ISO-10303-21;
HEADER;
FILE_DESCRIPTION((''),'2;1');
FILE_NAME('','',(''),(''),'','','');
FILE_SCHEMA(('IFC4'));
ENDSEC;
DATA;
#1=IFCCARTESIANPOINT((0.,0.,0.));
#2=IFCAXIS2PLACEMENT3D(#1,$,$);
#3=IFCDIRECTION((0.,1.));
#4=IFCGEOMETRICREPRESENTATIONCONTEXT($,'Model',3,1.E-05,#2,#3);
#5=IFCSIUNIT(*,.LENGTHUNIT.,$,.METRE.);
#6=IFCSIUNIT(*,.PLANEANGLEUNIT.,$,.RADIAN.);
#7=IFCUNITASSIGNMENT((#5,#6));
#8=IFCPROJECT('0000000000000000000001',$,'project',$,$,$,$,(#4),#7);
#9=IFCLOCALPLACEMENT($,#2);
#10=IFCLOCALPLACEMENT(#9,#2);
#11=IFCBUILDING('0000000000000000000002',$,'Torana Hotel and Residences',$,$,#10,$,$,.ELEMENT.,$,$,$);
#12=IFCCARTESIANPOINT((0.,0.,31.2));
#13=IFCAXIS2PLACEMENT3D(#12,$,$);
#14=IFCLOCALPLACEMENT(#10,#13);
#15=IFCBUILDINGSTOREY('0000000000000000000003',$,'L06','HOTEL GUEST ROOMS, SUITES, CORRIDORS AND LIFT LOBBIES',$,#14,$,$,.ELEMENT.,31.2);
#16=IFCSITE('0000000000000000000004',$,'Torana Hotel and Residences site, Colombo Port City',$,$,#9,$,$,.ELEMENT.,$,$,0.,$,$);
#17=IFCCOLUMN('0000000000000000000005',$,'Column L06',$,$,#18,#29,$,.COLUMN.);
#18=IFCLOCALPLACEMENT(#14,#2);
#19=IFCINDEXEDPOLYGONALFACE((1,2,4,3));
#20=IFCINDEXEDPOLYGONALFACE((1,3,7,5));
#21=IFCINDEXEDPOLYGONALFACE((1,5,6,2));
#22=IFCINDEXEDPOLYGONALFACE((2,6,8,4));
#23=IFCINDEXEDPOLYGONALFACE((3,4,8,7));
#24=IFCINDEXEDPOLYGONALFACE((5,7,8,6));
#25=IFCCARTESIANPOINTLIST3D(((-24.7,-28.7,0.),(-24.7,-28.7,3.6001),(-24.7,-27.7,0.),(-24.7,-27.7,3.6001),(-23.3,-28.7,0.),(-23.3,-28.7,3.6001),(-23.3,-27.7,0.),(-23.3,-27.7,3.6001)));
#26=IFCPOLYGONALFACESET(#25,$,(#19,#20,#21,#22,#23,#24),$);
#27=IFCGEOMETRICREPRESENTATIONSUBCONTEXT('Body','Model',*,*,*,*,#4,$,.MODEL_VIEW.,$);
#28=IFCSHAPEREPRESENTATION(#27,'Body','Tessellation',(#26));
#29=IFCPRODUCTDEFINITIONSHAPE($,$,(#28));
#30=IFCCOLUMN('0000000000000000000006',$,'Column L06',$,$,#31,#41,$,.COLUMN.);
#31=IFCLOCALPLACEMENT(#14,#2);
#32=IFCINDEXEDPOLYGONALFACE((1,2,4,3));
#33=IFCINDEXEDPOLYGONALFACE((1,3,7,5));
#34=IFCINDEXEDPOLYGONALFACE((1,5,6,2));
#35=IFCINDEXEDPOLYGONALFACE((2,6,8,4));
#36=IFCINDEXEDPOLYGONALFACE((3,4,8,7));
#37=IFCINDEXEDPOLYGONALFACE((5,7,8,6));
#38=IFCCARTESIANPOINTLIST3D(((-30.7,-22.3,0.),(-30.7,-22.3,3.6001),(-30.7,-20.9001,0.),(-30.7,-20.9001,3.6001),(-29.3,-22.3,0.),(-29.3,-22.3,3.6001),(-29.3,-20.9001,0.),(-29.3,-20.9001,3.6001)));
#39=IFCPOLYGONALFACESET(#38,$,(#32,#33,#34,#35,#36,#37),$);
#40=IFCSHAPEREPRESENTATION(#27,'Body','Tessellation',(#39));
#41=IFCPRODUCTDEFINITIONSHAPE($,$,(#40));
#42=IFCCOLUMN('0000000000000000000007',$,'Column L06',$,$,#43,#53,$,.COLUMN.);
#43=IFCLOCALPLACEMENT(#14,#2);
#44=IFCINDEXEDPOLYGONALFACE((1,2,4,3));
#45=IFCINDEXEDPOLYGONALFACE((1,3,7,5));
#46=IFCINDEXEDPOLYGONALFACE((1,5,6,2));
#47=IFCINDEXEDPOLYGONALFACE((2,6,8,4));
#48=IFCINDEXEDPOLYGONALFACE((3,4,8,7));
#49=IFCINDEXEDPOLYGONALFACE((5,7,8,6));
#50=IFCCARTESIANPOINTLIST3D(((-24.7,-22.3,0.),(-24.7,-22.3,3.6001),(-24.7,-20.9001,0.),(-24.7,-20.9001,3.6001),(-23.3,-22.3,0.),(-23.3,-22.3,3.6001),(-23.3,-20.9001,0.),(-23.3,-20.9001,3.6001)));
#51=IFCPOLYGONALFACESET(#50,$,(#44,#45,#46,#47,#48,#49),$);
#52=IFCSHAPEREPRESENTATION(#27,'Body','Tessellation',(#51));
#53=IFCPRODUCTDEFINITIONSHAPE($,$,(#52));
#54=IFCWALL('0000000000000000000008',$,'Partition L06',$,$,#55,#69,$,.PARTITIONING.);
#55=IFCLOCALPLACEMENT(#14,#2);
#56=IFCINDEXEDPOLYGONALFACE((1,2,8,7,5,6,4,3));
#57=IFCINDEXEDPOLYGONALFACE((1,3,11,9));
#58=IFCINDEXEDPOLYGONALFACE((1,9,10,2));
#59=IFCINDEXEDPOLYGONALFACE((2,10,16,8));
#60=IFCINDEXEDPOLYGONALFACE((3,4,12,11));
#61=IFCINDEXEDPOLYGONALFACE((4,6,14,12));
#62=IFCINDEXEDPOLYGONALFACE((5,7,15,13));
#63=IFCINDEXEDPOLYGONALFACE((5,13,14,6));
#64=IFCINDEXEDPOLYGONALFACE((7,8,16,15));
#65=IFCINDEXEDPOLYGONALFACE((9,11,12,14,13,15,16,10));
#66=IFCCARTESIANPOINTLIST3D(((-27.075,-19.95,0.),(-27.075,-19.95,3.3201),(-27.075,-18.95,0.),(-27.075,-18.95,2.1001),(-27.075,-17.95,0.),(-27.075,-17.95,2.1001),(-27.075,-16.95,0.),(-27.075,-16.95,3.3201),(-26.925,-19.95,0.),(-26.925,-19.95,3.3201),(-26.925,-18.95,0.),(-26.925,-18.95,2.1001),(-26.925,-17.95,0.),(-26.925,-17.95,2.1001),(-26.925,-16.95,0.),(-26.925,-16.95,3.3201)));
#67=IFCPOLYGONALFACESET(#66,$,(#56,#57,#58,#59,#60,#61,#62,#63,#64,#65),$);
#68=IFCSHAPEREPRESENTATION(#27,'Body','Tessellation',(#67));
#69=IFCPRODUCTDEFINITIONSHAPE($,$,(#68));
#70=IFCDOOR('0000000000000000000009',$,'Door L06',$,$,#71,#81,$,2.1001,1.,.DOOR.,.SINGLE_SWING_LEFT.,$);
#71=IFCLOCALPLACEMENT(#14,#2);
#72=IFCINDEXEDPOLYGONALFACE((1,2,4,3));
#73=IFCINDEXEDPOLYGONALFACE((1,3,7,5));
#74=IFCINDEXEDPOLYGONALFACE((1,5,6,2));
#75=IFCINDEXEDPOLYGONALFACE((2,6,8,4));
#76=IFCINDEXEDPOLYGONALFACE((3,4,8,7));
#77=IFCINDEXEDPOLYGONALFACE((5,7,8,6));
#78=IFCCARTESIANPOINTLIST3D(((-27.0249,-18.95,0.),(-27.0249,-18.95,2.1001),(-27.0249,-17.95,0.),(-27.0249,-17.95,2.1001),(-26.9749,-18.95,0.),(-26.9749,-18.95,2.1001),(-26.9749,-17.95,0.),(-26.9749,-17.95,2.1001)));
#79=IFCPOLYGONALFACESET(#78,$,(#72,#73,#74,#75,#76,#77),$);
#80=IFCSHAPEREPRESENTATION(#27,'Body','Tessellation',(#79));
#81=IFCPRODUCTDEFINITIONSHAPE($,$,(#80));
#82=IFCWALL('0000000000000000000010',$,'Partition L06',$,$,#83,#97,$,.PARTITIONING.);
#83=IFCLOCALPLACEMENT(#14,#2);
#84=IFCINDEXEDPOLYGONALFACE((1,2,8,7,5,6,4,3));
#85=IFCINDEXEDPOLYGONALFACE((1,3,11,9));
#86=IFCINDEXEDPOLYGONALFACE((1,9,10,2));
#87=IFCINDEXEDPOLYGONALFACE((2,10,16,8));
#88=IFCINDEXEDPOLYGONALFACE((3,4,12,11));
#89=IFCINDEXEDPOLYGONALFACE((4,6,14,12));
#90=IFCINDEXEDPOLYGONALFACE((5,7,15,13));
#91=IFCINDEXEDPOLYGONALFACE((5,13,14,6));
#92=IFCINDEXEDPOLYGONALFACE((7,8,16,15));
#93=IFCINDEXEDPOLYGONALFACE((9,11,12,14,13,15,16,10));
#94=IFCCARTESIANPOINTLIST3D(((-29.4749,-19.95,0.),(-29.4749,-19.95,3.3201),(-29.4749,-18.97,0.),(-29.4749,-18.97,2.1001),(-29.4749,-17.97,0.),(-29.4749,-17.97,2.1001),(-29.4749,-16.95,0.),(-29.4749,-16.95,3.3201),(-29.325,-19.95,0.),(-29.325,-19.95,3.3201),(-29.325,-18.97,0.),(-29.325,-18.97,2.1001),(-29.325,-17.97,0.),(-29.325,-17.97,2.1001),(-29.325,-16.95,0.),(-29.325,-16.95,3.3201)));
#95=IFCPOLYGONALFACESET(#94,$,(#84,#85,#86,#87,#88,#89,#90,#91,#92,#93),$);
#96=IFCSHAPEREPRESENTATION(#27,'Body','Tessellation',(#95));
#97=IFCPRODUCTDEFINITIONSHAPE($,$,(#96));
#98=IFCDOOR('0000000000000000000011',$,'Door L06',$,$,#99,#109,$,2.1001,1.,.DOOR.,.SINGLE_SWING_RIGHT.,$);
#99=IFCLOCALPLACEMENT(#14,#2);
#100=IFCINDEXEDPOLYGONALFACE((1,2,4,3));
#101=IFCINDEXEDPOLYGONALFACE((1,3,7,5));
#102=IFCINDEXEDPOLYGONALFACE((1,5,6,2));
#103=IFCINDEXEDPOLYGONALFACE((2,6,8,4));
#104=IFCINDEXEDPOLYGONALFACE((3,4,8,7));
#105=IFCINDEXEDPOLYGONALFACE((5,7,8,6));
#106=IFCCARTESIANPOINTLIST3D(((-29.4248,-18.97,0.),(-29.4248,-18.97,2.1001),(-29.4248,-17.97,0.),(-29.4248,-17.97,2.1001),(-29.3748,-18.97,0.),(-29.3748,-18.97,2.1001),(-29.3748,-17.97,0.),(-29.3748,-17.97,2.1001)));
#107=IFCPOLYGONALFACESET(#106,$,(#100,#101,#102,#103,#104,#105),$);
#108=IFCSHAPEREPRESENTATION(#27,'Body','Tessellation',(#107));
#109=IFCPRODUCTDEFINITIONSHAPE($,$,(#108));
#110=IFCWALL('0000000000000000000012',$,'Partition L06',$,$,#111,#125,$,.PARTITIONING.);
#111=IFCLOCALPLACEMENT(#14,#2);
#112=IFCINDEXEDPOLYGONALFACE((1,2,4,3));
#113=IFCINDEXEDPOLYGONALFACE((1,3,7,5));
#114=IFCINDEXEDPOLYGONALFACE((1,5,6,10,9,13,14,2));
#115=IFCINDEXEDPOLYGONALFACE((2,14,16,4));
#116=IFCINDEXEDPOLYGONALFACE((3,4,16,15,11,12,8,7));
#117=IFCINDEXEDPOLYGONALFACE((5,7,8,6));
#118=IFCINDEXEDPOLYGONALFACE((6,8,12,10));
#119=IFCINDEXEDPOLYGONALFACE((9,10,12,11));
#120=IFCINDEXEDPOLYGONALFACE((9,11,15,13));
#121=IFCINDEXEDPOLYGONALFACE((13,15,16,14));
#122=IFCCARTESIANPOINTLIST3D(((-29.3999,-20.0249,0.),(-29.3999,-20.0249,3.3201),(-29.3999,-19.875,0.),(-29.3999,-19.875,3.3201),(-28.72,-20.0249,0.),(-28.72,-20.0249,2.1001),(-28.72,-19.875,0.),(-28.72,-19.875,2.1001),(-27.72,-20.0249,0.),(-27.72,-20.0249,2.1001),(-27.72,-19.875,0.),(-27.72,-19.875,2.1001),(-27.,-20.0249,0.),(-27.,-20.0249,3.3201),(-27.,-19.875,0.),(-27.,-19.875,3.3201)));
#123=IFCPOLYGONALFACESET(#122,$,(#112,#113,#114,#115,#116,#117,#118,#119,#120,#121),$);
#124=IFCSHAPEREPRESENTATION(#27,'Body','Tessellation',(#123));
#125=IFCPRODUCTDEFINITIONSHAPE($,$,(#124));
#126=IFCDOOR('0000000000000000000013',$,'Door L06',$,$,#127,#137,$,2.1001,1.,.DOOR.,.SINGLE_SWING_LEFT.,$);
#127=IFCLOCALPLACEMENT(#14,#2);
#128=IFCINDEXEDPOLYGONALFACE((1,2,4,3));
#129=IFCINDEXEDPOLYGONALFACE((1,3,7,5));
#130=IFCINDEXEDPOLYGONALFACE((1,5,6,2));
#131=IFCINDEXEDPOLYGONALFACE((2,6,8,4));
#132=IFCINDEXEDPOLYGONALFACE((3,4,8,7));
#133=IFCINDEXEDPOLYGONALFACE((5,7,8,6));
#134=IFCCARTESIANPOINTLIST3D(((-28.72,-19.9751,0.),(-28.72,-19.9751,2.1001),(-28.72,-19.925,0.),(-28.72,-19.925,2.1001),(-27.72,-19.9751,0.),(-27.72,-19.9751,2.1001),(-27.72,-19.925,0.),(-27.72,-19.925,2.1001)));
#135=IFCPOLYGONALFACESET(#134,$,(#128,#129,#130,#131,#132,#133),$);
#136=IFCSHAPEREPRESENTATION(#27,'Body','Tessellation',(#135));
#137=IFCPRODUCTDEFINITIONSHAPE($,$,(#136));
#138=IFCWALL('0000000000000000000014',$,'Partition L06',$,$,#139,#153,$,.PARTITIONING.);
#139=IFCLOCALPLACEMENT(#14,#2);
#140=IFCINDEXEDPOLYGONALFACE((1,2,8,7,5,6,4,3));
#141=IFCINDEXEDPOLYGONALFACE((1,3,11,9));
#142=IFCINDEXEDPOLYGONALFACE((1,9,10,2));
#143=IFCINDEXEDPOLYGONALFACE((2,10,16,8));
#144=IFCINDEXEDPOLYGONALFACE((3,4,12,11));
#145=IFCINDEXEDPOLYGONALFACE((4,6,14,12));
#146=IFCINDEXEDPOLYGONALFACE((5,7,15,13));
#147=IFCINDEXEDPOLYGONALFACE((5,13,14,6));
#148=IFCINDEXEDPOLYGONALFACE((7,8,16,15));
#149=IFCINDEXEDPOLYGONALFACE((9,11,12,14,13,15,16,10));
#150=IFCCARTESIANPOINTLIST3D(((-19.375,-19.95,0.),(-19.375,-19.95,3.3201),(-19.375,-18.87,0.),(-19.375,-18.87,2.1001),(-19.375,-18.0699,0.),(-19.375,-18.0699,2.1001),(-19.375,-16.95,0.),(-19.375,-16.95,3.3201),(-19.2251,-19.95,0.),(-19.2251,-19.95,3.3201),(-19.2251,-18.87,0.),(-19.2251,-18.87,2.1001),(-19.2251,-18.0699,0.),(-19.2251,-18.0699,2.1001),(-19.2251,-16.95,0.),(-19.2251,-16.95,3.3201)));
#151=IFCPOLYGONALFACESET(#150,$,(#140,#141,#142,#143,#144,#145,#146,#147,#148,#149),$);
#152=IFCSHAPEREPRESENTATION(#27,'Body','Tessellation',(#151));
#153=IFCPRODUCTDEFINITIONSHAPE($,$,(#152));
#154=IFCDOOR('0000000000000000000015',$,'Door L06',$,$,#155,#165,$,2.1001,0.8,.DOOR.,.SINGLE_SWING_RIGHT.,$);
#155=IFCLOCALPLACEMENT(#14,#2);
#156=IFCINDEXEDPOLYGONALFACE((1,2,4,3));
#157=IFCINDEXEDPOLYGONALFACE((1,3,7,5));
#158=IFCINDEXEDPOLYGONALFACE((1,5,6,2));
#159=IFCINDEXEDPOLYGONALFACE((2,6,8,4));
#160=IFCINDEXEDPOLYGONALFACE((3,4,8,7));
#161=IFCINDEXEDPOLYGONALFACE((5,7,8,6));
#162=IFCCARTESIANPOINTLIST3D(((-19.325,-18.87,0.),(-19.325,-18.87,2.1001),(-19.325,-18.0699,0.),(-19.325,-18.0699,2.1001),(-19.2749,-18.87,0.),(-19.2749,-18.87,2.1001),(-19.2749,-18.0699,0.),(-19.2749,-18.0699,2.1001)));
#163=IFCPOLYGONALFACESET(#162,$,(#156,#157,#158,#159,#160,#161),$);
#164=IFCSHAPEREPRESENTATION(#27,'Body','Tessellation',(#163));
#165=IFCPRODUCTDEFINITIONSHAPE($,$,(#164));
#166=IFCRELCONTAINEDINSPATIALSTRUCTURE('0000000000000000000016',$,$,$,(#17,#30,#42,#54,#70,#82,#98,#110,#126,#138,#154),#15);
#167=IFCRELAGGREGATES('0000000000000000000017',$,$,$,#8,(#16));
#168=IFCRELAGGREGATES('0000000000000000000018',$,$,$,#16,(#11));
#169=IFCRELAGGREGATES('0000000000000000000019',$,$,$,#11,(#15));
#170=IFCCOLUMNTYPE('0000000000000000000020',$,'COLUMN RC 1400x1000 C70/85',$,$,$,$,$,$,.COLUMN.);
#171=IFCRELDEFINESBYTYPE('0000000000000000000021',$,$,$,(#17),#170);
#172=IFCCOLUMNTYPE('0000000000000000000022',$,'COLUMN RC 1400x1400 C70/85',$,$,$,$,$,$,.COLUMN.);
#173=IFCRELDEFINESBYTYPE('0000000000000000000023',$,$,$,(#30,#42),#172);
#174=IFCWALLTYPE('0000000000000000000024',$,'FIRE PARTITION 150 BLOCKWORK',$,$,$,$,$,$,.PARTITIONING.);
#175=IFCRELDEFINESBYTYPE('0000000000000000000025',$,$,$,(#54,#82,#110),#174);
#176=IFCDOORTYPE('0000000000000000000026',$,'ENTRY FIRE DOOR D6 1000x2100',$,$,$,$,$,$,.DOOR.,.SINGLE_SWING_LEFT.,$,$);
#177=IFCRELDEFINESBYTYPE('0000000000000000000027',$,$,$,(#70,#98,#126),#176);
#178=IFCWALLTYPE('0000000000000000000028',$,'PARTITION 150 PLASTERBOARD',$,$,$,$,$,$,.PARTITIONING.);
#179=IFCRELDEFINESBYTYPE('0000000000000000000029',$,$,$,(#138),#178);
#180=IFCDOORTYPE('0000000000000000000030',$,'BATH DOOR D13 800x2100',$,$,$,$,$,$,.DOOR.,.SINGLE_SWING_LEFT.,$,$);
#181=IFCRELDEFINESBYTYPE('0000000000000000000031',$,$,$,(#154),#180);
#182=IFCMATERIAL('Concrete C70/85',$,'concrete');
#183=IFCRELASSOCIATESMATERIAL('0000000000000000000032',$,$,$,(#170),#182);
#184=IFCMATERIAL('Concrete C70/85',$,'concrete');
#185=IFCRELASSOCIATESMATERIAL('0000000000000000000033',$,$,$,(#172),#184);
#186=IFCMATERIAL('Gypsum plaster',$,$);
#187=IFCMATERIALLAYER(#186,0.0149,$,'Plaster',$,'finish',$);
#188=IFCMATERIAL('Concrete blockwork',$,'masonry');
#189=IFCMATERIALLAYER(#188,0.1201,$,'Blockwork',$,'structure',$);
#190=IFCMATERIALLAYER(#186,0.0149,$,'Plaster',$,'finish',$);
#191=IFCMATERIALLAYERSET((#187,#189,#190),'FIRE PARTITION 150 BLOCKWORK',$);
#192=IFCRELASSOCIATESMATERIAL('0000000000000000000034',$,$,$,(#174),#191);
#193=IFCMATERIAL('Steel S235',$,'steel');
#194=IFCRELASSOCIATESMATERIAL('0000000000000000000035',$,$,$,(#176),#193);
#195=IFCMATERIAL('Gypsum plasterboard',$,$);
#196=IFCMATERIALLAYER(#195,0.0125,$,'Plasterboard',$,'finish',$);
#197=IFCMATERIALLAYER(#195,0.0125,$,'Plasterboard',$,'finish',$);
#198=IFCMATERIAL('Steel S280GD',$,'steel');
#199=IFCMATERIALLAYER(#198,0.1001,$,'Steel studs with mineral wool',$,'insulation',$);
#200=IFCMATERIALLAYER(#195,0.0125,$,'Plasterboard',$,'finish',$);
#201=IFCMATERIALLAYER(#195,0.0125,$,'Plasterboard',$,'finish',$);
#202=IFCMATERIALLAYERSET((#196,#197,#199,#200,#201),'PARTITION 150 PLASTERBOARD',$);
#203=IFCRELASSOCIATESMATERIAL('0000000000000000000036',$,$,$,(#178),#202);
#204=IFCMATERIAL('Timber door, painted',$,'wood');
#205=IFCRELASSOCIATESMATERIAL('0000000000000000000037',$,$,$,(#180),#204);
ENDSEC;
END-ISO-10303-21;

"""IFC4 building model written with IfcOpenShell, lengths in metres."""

from ifc_helpers import new_model, si_unit, direction, frame, frame_2d, origin, origin_2d, place, context, subcontext, project, spatial, rectangle, extrude, material, layer, layer_set, material_profile, profile_set, type_object, element, fill, save


model = new_model("IFC4")

# Units and contexts
model_context = context("Model", 3, precision=1e-05, world=origin(), true_north=direction((0.0, 1.0)))
body_context = subcontext(model_context, "Body", "Model", "MODEL_VIEW")
ifc_project = project(units=[si_unit("LENGTHUNIT", "METRE"), si_unit("PLANEANGLEUNIT", "RADIAN")], contexts=[model_context])

# Site, building, storey
site_placement = place(None, origin())
site = spatial("IfcSite", under=ifc_project, at=site_placement, Name="Torana Hotel and Residences site, Colombo Port City", CompositionType="ELEMENT", RefElevation=0.0)
building_placement = place(site_placement, origin())
building = spatial("IfcBuilding", under=site, at=building_placement, Name="Torana Hotel and Residences", CompositionType="ELEMENT")
storey_placement = place(building_placement, frame((0.0, 0.0, 31.2)))
storey = spatial("IfcBuildingStorey", under=building, at=storey_placement, Name="L06", Description="HOTEL GUEST ROOMS, SUITES, CORRIDORS AND LIFT LOBBIES", CompositionType="ELEMENT", Elevation=31.2)

# Columns
ifc_material_1 = material(Name="Concrete C70/85", Category="concrete")
ifc_material_profile_1 = material_profile(ifc_material_1, rectangle(XDim=1.3999, YDim=1.0, at=origin_2d()), Name="RC 1400x1000")
ifc_profile_set_1 = profile_set([ifc_material_profile_1], Name="Concrete C70/85")
column_type_1 = type_object("IfcColumnType", Name="COLUMN RC 1400x1000 C70/85", PredefinedType="COLUMN", material=ifc_profile_set_1)
column_placement = place(storey_placement, frame((-24.0, -28.2, 0.0), z_axis=(0.0, 0.0, 1.0), x_axis=(1.0, 0.0, 0.0)))
element("IfcColumn", 1, at=column_placement, inside=storey, type_object=column_type_1, Name="Column L06", PredefinedType="COLUMN", context=body_context, shape_type="SweptSolid", body=[
    extrude(rectangle(XDim=1.3999, YDim=1.0, at=origin_2d()), origin(), (0.0, 0.0, 1.0), 3.6001),
])
ifc_material_2 = material(Name="Concrete C70/85", Category="concrete")
ifc_material_profile_2 = material_profile(ifc_material_2, rectangle(XDim=1.3999, YDim=1.3999, at=origin_2d()), Name="RC 1400x1400")
ifc_profile_set_2 = profile_set([ifc_material_profile_2], Name="Concrete C70/85")
column_type_2 = type_object("IfcColumnType", Name="COLUMN RC 1400x1400 C70/85", PredefinedType="COLUMN", material=ifc_profile_set_2)
for number, where, z_axis, x_axis, name in (
    (2, (-30.0, -21.6001, 0.0), (0.0, 0.0, 1.0), (1.0, 0.0, 0.0), "Column L06"),
    (3, (-24.0, -21.6001, 0.0), (0.0, 0.0, 1.0), (1.0, 0.0, 0.0), "Column L06"),
):
    element("IfcColumn", number, at=place(storey_placement, frame(where, z_axis=z_axis, x_axis=x_axis)), inside=storey, type_object=column_type_2, Name=name, PredefinedType="COLUMN", context=body_context, shape_type="SweptSolid", body=[
        extrude(rectangle(XDim=1.3999, YDim=1.3999, at=origin_2d()), origin(), (0.0, 0.0, 1.0), 3.6001),
    ])

# Walls, openings, doors
ifc_material_3 = material(Name="Gypsum plaster")
ifc_layer_1 = layer(ifc_material_3, 0.0149, Name="Plaster", Category="finish")
ifc_material_4 = material(Name="Concrete blockwork", Category="masonry")
ifc_layer_2 = layer(ifc_material_4, 0.1201, Name="Blockwork", Category="structure")
ifc_layer_3 = layer(ifc_material_3, 0.0149, Name="Plaster", Category="finish")
ifc_layer_set_1 = layer_set([ifc_layer_1, ifc_layer_2, ifc_layer_3], Name="FIRE PARTITION 150 BLOCKWORK")
wall_type_1 = type_object("IfcWallType", Name="FIRE PARTITION 150 BLOCKWORK", PredefinedType="PARTITIONING", material=ifc_layer_set_1)
wall_1_placement = place(storey_placement, frame((-27.0, -19.95, 0.0), z_axis=(0.0, 0.0, 1.0), x_axis=(0.0, 1.0, 0.0)))
wall_1 = element("IfcWall", 4, at=wall_1_placement, inside=storey, type_object=wall_type_1, Name="Partition L06", PredefinedType="PARTITIONING", context=body_context, shape_type="SweptSolid", body=[
    extrude(rectangle(XDim=3.0, YDim=0.1499, at=frame_2d((1.5, 0.0))), origin(), (0.0, 0.0, 1.0), 3.3201),
])
opening_1_placement = place(wall_1_placement, frame((1.0, 0.0, 0.0)))
opening_1 = element("IfcOpeningElement", 5, at=opening_1_placement, cuts=wall_1, PredefinedType="OPENING", context=body_context, shape_type="SweptSolid", body=[
    extrude(rectangle(XDim=1.0, YDim=2.1001, at=frame_2d((0.5, 1.05))), frame((0.0, 0.085, 0.0), z_axis=(0.0, -1.0, 0.0), x_axis=(1.0, 0.0, 0.0)), (0.0, 0.0, 1.0), 0.1699),
])
ifc_material_5 = material(Name="Steel S235", Category="steel")
door_type_1 = type_object("IfcDoorType", Name="ENTRY FIRE DOOR D6 1000x2100", OperationType="SINGLE_SWING_LEFT", PredefinedType="DOOR", material=ifc_material_5)
door_1_placement = place(opening_1_placement, frame((0.5, 0.0, 0.0), z_axis=(0.0, 0.0, 1.0), x_axis=(-1.0, 0.0, 0.0)))
door_1 = element("IfcDoor", 6, at=door_1_placement, inside=storey, type_object=door_type_1, Name="Door L06", OperationType="SINGLE_SWING_LEFT", OverallHeight=2.1001, OverallWidth=1.0, PredefinedType="DOOR", context=body_context, shape_type="SweptSolid", body=[
    extrude(rectangle(XDim=1.0, YDim=2.1001, at=frame_2d((0.0, 1.05))), frame((0.0, -0.0249, 0.0), z_axis=(0.0, 1.0, 0.0), x_axis=(-1.0, 0.0, 0.0)), (0.0, 0.0, 1.0), 0.05),
])
fill(opening_1, door_1)
wall_2_placement = place(storey_placement, frame((-29.3999, -19.95, 0.0), z_axis=(0.0, 0.0, 1.0), x_axis=(0.0, 1.0, 0.0)))
wall_2 = element("IfcWall", 7, at=wall_2_placement, inside=storey, type_object=wall_type_1, Name="Partition L06", PredefinedType="PARTITIONING", context=body_context, shape_type="SweptSolid", body=[
    extrude(rectangle(XDim=3.0, YDim=0.1499, at=frame_2d((1.5, 0.0))), origin(), (0.0, 0.0, 1.0), 3.3201),
])
opening_2_placement = place(wall_2_placement, frame((0.98, 0.0, 0.0)))
opening_2 = element("IfcOpeningElement", 8, at=opening_2_placement, cuts=wall_2, PredefinedType="OPENING", context=body_context, shape_type="SweptSolid", body=[
    extrude(rectangle(XDim=1.0, YDim=2.1001, at=frame_2d((0.5, 1.05))), frame((0.0, 0.085, 0.0), z_axis=(0.0, -1.0, 0.0), x_axis=(1.0, 0.0, 0.0)), (0.0, 0.0, 1.0), 0.1699),
])
door_2_placement = place(opening_2_placement, origin())
door_2 = element("IfcDoor", 9, at=door_2_placement, inside=storey, type_object=door_type_1, Name="Door L06", OperationType="SINGLE_SWING_RIGHT", OverallHeight=2.1001, OverallWidth=1.0, PredefinedType="DOOR", context=body_context, shape_type="SweptSolid", body=[
    extrude(rectangle(XDim=1.0, YDim=2.1001, at=frame_2d((0.5, 1.05))), frame((0.0, 0.0249, 0.0), z_axis=(0.0, -1.0, 0.0), x_axis=(1.0, 0.0, 0.0)), (0.0, 0.0, 1.0), 0.05),
])
fill(opening_2, door_2)
wall_3_placement = place(storey_placement, frame((-29.3999, -19.95, 0.0), z_axis=(0.0, 0.0, 1.0), x_axis=(1.0, 0.0, 0.0)))
wall_3 = element("IfcWall", 10, at=wall_3_placement, inside=storey, type_object=wall_type_1, Name="Partition L06", PredefinedType="PARTITIONING", context=body_context, shape_type="SweptSolid", body=[
    extrude(rectangle(XDim=2.3999, YDim=0.1499, at=frame_2d((1.2, 0.0))), origin(), (0.0, 0.0, 1.0), 3.3201),
])
opening_3_placement = place(wall_3_placement, frame((0.6799, 0.0, 0.0)))
opening_3 = element("IfcOpeningElement", 11, at=opening_3_placement, cuts=wall_3, PredefinedType="OPENING", context=body_context, shape_type="SweptSolid", body=[
    extrude(rectangle(XDim=1.0, YDim=2.1001, at=frame_2d((0.5, 1.05))), frame((0.0, 0.085, 0.0), z_axis=(0.0, -1.0, 0.0), x_axis=(1.0, 0.0, 0.0)), (0.0, 0.0, 1.0), 0.1699),
])
door_3_placement = place(opening_3_placement, frame((0.5, 0.0, 0.0), z_axis=(0.0, 0.0, 1.0), x_axis=(-1.0, 0.0, 0.0)))
door_3 = element("IfcDoor", 12, at=door_3_placement, inside=storey, type_object=door_type_1, Name="Door L06", OperationType="SINGLE_SWING_LEFT", OverallHeight=2.1001, OverallWidth=1.0, PredefinedType="DOOR", context=body_context, shape_type="SweptSolid", body=[
    extrude(rectangle(XDim=1.0, YDim=2.1001, at=frame_2d((0.0, 1.05))), frame((0.0, -0.0249, 0.0), z_axis=(0.0, 1.0, 0.0), x_axis=(-1.0, 0.0, 0.0)), (0.0, 0.0, 1.0), 0.05),
])
fill(opening_3, door_3)
ifc_material_6 = material(Name="Gypsum plasterboard")
ifc_layer_4 = layer(ifc_material_6, 0.0125, Name="Plasterboard", Category="finish")
ifc_layer_5 = layer(ifc_material_6, 0.0125, Name="Plasterboard", Category="finish")
ifc_material_7 = material(Name="Steel S280GD", Category="steel")
ifc_layer_6 = layer(ifc_material_7, 0.1001, Name="Steel studs with mineral wool", Category="insulation")
ifc_layer_7 = layer(ifc_material_6, 0.0125, Name="Plasterboard", Category="finish")
ifc_layer_8 = layer(ifc_material_6, 0.0125, Name="Plasterboard", Category="finish")
ifc_layer_set_2 = layer_set([ifc_layer_4, ifc_layer_5, ifc_layer_6, ifc_layer_7, ifc_layer_8], Name="PARTITION 150 PLASTERBOARD")
wall_type_2 = type_object("IfcWallType", Name="PARTITION 150 PLASTERBOARD", PredefinedType="PARTITIONING", material=ifc_layer_set_2)
wall_4_placement = place(storey_placement, frame((-19.3, -19.95, 0.0), z_axis=(0.0, 0.0, 1.0), x_axis=(0.0, 1.0, 0.0)))
wall_4 = element("IfcWall", 13, at=wall_4_placement, inside=storey, type_object=wall_type_2, Name="Partition L06", PredefinedType="PARTITIONING", context=body_context, shape_type="SweptSolid", body=[
    extrude(rectangle(XDim=3.0, YDim=0.1499, at=frame_2d((1.5, 0.0))), origin(), (0.0, 0.0, 1.0), 3.3201),
])
opening_4_placement = place(wall_4_placement, frame((1.0801, 0.0, 0.0)))
opening_4 = element("IfcOpeningElement", 14, at=opening_4_placement, cuts=wall_4, PredefinedType="OPENING", context=body_context, shape_type="SweptSolid", body=[
    extrude(rectangle(XDim=0.8, YDim=2.1001, at=frame_2d((0.3999, 1.05))), frame((0.0, 0.085, 0.0), z_axis=(0.0, -1.0, 0.0), x_axis=(1.0, 0.0, 0.0)), (0.0, 0.0, 1.0), 0.1699),
])
ifc_material_8 = material(Name="Timber door, painted", Category="wood")
door_type_2 = type_object("IfcDoorType", Name="BATH DOOR D13 800x2100", OperationType="SINGLE_SWING_LEFT", PredefinedType="DOOR", material=ifc_material_8)
door_4_placement = place(opening_4_placement, origin())
door_4 = element("IfcDoor", 15, at=door_4_placement, inside=storey, type_object=door_type_2, Name="Door L06", OperationType="SINGLE_SWING_RIGHT", OverallHeight=2.1001, OverallWidth=0.8, PredefinedType="DOOR", context=body_context, shape_type="SweptSolid", body=[
    extrude(rectangle(XDim=0.8, YDim=2.1001, at=frame_2d((0.3999, 1.05))), frame((0.0, 0.0249, 0.0), z_axis=(0.0, -1.0, 0.0), x_axis=(1.0, 0.0, 0.0)), (0.0, 0.0, 1.0), 0.05),
])
fill(opening_4, door_4)

save(model, "model.ifc")
